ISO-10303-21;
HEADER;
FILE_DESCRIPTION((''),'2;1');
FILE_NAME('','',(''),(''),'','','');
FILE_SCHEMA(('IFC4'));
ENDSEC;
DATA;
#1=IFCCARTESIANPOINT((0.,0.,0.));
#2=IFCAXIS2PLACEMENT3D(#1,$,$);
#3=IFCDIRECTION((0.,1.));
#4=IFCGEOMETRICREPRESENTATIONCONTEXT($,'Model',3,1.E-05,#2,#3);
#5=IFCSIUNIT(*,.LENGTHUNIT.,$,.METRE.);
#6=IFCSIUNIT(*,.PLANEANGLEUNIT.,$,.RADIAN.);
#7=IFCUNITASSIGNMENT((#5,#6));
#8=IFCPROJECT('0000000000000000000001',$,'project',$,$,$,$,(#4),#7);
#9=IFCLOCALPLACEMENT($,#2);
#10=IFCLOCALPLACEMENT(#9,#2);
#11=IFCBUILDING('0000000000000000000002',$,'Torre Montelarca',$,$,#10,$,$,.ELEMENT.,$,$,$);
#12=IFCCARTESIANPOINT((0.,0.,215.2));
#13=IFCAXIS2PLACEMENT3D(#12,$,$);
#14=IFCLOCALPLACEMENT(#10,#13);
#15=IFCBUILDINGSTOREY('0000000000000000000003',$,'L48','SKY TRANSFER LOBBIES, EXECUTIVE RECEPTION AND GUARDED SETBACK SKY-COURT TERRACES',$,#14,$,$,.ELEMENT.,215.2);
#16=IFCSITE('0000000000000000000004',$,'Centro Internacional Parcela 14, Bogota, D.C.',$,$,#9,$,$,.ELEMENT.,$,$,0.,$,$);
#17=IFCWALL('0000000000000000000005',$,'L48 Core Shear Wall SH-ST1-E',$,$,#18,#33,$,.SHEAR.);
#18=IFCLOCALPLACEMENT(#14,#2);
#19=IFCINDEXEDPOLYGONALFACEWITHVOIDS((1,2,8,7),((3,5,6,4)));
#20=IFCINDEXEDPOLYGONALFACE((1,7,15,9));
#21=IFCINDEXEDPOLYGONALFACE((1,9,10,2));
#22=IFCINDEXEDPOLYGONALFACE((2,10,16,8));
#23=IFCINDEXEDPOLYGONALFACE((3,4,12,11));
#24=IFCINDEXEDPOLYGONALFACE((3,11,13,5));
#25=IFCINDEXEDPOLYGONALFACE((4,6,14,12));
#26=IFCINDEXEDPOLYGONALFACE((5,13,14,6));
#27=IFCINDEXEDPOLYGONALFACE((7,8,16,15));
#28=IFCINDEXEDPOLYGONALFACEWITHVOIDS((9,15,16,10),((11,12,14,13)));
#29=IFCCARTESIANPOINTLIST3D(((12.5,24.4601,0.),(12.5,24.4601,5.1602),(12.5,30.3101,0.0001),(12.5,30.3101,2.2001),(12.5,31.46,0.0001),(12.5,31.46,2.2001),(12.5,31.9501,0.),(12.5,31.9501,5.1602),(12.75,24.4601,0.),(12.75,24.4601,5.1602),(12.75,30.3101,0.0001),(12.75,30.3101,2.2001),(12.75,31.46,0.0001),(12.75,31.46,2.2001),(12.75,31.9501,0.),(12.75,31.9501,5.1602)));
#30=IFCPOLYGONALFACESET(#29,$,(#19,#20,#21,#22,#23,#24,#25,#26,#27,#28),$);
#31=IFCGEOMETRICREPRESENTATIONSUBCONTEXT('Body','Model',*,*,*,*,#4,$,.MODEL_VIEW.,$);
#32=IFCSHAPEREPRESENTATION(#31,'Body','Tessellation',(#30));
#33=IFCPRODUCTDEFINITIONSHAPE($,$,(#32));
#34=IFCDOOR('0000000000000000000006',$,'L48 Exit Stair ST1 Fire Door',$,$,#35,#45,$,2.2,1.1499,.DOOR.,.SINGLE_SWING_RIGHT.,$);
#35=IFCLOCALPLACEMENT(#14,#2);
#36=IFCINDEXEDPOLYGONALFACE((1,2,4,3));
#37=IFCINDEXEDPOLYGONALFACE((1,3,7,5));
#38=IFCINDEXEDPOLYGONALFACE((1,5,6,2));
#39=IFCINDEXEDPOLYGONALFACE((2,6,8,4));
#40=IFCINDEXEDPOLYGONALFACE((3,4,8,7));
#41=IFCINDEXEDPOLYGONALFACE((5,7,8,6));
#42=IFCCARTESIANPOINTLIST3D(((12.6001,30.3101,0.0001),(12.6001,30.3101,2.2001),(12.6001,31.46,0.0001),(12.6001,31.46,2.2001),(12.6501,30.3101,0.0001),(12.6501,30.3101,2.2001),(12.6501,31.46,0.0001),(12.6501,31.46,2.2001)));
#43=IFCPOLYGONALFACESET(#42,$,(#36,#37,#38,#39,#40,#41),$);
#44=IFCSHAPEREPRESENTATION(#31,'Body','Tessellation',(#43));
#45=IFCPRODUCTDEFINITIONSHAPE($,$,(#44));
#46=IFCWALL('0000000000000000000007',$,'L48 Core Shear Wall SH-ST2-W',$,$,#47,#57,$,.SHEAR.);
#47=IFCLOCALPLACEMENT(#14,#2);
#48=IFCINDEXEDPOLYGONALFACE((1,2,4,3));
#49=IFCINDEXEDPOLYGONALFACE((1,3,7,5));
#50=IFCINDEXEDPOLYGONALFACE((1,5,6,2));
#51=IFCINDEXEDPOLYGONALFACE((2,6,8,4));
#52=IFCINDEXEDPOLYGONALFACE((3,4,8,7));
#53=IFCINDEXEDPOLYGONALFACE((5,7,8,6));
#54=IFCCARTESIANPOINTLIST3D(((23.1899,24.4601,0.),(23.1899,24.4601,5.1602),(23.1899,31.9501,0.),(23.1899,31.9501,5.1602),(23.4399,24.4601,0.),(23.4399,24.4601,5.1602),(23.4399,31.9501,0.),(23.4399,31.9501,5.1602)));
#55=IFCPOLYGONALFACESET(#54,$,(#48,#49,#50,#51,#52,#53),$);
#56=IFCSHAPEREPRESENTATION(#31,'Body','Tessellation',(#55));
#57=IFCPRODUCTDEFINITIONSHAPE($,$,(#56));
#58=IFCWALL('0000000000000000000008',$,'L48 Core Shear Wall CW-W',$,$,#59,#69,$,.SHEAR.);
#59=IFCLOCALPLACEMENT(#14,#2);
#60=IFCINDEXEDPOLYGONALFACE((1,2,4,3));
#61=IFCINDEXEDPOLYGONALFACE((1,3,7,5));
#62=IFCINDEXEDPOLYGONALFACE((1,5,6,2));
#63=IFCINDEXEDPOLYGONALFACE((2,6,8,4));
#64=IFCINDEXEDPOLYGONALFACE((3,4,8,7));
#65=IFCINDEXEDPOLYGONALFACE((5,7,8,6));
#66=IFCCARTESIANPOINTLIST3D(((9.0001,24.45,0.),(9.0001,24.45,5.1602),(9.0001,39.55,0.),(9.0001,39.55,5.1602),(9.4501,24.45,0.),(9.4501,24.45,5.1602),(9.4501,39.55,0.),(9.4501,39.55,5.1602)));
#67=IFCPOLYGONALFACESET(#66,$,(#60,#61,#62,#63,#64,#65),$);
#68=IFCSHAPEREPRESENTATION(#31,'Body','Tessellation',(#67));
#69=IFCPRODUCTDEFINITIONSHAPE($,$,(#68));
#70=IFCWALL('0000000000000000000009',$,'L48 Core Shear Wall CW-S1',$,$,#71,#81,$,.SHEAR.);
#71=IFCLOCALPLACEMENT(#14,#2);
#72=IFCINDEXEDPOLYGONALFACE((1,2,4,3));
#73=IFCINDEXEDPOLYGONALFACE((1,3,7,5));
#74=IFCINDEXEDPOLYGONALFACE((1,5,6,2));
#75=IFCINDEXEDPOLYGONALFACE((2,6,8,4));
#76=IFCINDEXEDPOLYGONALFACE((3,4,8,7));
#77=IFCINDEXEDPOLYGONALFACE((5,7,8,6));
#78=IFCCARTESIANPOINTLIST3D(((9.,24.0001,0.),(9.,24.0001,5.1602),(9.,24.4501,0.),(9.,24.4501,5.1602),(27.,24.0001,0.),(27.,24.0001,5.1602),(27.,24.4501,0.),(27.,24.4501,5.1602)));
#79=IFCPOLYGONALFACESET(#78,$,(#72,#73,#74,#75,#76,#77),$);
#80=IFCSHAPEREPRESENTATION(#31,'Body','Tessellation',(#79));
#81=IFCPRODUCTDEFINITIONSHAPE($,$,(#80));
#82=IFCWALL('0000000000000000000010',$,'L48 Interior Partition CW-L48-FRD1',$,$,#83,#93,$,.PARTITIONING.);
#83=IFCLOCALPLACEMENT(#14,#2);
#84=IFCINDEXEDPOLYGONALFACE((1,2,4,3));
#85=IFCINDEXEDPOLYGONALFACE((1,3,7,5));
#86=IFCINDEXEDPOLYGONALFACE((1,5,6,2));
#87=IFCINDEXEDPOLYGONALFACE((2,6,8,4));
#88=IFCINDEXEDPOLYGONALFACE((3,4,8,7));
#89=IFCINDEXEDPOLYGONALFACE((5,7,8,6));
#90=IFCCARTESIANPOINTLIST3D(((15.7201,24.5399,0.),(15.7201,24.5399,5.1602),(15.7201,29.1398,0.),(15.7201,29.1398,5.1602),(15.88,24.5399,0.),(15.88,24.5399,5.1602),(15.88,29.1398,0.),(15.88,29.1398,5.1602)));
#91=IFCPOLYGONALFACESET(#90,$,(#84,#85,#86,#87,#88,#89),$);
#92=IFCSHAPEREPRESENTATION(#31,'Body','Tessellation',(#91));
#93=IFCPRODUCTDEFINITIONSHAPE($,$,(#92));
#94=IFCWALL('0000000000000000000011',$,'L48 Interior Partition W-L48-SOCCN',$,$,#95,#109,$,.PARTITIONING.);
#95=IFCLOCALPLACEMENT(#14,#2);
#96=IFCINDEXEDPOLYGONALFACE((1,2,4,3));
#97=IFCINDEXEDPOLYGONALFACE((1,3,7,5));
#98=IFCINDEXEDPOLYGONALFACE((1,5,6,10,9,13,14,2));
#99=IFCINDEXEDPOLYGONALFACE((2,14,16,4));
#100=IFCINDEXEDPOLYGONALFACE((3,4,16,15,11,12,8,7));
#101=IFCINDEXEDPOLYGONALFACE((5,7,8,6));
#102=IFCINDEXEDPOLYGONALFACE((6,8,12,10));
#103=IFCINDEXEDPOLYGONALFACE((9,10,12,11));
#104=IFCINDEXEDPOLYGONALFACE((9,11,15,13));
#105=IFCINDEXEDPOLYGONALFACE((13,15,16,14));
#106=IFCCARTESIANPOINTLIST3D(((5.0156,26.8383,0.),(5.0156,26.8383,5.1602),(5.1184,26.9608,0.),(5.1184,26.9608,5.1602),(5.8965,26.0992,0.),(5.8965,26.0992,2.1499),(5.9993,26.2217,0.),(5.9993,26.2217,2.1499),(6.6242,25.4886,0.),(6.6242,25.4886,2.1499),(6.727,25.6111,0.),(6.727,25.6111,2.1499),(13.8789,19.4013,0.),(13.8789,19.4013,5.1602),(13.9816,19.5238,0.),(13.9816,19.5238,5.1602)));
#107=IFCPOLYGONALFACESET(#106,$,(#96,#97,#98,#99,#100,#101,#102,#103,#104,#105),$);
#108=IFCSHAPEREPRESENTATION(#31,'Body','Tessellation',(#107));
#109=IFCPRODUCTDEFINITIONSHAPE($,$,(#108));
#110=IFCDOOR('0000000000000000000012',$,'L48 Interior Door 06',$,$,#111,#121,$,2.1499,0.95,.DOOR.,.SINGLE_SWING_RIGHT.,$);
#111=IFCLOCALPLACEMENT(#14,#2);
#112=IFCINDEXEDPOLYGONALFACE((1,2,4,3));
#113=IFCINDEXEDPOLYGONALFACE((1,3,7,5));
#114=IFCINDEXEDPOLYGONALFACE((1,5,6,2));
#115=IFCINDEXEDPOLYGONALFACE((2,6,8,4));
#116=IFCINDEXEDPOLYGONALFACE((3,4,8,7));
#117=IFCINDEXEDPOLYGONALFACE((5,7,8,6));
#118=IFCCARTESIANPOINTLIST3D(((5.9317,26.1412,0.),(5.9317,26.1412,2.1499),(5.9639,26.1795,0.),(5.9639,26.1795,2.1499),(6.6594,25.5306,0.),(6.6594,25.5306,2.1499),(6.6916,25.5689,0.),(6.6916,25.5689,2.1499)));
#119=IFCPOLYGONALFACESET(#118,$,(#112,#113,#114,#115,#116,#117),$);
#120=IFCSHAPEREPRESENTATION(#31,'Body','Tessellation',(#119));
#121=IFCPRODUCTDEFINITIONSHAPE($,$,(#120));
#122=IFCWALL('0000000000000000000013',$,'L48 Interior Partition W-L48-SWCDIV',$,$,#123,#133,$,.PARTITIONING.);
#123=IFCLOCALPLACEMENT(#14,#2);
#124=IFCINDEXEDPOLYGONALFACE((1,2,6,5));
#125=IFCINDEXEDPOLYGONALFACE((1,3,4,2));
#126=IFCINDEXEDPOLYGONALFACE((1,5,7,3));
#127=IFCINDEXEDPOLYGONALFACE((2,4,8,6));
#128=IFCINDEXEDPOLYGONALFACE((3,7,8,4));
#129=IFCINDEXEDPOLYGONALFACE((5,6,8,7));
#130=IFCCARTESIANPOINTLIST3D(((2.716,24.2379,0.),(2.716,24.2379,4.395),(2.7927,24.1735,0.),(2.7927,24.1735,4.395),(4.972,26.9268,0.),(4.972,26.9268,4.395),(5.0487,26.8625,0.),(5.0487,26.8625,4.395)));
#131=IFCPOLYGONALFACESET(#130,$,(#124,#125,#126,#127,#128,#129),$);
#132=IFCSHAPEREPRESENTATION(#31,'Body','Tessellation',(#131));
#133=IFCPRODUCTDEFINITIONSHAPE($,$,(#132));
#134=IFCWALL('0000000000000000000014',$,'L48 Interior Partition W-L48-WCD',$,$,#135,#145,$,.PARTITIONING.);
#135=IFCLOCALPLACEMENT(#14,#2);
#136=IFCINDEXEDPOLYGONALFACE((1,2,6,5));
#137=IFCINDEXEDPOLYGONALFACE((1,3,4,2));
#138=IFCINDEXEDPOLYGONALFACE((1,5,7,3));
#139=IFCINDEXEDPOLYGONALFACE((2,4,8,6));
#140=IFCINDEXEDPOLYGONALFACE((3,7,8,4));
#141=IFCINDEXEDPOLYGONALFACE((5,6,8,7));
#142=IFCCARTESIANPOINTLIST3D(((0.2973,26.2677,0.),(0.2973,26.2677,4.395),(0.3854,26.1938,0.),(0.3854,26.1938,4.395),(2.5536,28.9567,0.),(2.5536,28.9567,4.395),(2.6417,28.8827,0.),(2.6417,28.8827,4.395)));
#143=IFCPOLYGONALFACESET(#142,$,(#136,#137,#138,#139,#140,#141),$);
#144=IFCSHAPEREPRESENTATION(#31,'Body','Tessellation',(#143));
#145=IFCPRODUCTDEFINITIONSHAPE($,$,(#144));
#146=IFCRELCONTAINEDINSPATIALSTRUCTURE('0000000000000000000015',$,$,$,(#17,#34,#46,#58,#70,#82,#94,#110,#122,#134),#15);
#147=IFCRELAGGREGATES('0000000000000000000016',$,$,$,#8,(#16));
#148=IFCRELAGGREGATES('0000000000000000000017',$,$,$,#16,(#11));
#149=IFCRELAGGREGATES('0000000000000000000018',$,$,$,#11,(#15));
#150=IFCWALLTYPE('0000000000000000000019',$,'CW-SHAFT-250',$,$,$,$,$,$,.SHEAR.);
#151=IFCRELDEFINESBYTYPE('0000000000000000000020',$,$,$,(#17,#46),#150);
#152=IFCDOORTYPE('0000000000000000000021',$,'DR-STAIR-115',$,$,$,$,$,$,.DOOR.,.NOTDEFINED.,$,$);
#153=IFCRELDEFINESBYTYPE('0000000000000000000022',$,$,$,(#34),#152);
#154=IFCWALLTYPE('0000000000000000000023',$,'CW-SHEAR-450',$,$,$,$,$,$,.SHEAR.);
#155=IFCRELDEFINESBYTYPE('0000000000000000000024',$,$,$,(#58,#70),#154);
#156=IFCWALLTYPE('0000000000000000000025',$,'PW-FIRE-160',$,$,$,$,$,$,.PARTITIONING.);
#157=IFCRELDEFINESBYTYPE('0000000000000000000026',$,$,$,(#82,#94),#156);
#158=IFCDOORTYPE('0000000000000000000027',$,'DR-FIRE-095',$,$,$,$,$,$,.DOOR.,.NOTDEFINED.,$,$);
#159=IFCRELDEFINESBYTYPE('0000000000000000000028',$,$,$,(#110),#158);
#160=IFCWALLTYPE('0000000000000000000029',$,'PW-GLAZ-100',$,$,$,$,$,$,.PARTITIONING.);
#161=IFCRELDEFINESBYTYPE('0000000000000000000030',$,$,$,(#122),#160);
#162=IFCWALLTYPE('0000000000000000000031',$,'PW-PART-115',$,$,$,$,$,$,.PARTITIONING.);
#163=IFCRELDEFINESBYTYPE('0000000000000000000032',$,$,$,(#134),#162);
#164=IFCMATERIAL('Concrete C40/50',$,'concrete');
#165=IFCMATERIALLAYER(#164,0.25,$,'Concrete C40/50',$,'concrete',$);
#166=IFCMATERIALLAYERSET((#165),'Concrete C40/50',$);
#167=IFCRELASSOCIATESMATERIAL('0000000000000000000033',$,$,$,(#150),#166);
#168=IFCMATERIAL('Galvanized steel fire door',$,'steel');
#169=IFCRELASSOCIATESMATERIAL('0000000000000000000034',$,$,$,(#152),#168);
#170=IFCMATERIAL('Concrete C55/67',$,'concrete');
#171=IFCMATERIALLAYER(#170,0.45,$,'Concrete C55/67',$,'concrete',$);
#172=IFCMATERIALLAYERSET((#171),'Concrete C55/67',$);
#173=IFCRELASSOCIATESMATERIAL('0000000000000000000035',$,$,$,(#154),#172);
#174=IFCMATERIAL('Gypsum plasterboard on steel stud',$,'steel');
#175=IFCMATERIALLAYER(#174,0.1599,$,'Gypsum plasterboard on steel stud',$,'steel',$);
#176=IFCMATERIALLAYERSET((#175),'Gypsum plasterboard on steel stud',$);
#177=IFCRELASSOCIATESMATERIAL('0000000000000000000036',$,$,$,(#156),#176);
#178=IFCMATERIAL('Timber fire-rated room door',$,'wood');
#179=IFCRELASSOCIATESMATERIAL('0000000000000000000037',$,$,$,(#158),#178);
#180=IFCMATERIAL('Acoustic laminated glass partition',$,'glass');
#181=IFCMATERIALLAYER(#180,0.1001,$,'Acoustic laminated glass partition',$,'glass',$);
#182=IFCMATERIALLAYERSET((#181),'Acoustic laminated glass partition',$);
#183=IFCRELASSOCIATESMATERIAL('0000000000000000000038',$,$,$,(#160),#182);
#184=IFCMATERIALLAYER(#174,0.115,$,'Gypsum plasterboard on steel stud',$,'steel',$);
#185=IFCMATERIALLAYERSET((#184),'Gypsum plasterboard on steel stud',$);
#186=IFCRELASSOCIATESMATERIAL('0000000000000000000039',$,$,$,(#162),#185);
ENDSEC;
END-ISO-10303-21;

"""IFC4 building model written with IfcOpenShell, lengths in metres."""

from ifc_helpers import new_model, si_unit, direction, frame, frame_2d, origin, place, context, subcontext, project, spatial, rectangle, extrude, source, transform, mapped, material, layer, layer_set, type_object, element, fill, save


model = new_model("IFC4")

# Units and contexts
model_context = context("Model", 3, precision=1e-05, world=origin(), true_north=direction((0.0, 1.0)))
body_context = subcontext(model_context, "Body", "Model", "MODEL_VIEW")
ifc_project = project(units=[si_unit("LENGTHUNIT", "METRE"), si_unit("PLANEANGLEUNIT", "RADIAN")], contexts=[model_context])

# Site, building, storey
site_placement = place(None, origin())
site = spatial("IfcSite", under=ifc_project, at=site_placement, Name="Centro Internacional Parcela 14, Bogota, D.C.", CompositionType="ELEMENT", RefElevation=0.0)
building_placement = place(site_placement, origin())
building = spatial("IfcBuilding", under=site, at=building_placement, Name="Torre Montelarca", CompositionType="ELEMENT")
storey_placement = place(building_placement, frame((0.0, 0.0, 215.2)))
storey = spatial("IfcBuildingStorey", under=building, at=storey_placement, Name="L48", Description="SKY TRANSFER LOBBIES, EXECUTIVE RECEPTION AND GUARDED SETBACK SKY-COURT TERRACES", CompositionType="ELEMENT", Elevation=215.2)

# Shared definitions
ifc_material_1 = material(Name="Concrete C55/67", Category="concrete")

# Wall, opening, door
ifc_material_2 = material(Name="Concrete C40/50", Category="concrete")
ifc_layer_1 = layer(ifc_material_2, 0.25, Name="Concrete C40/50", Category="concrete")
ifc_layer_set_1 = layer_set([ifc_layer_1], Name="Concrete C40/50")
wall_type_1 = type_object("IfcWallType", Name="CW-SHAFT-250", PredefinedType="SHEAR", material=ifc_layer_set_1)
wall_1_placement = place(storey_placement, frame((12.625, 24.46, 0.0), z_axis=(0.0, 0.0, 1.0), x_axis=(0.0, 1.0, 0.0)))
wall_1 = element("IfcWall", 1, at=wall_1_placement, inside=storey, type_object=wall_type_1, Name="L48 Core Shear Wall SH-ST1-E", PredefinedType="SHEAR", context=body_context, shape_type="SweptSolid", body=[
    extrude(rectangle(XDim=7.49, YDim=0.25, at=frame_2d((3.7451, 0.0))), origin(), (0.0, 0.0, 1.0), 5.1602),
])
opening_1_placement = place(wall_1_placement, frame((5.8501, 0.0, 0.0)))
opening_1 = element("IfcOpeningElement", 2, at=opening_1_placement, cuts=wall_1, PredefinedType="OPENING", context=body_context, shape_type="SweptSolid", body=[
    extrude(rectangle(XDim=1.1499, YDim=2.2, at=frame_2d((0.575, 1.1001))), frame((0.0, 0.135, 0.0), z_axis=(0.0, -1.0, 0.0), x_axis=(1.0, 0.0, 0.0)), (0.0, 0.0, 1.0), 0.27),
])
ifc_material_3 = material(Name="Galvanized steel fire door", Category="steel")
door_type_1 = type_object("IfcDoorType", Name="DR-STAIR-115", OperationType="NOTDEFINED", PredefinedType="DOOR", material=ifc_material_3)
shared_shape_1 = source(origin(), body_context, "Body", "SweptSolid", [
    extrude(rectangle(XDim=1.1499, YDim=2.2, at=frame_2d((0.575, 1.1001))), frame((0.0, 0.0249, 0.0), z_axis=(0.0, -1.0, 0.0), x_axis=(1.0, 0.0, 0.0)), (0.0, 0.0, 1.0), 0.05),
])
door_1_placement = place(opening_1_placement, origin())
door_1 = element("IfcDoor", 3, at=door_1_placement, inside=storey, type_object=door_type_1, Name="L48 Exit Stair ST1 Fire Door", OperationType="SINGLE_SWING_RIGHT", OverallHeight=2.2, OverallWidth=1.1499, PredefinedType="DOOR", context=body_context, shape_type="MappedRepresentation", body=[
    mapped(shared_shape_1, transform((0.0, 0.0, 0.0), scale=1.0)),
])
fill(opening_1, door_1)

# Walls
wall_2_placement = place(storey_placement, frame((23.3149, 24.46, 0.0), z_axis=(0.0, 0.0, 1.0), x_axis=(0.0, 1.0, 0.0)))
element("IfcWall", 4, at=wall_2_placement, inside=storey, type_object=wall_type_1, Name="L48 Core Shear Wall SH-ST2-W", PredefinedType="SHEAR", context=body_context, shape_type="SweptSolid", body=[
    extrude(rectangle(XDim=7.49, YDim=0.25, at=frame_2d((3.7451, 0.0))), origin(), (0.0, 0.0, 1.0), 5.1602),
])
ifc_layer_2 = layer(ifc_material_1, 0.45, Name="Concrete C55/67", Category="concrete")
ifc_layer_set_2 = layer_set([ifc_layer_2], Name="Concrete C55/67")
wall_type_2 = type_object("IfcWallType", Name="CW-SHEAR-450", PredefinedType="SHEAR", material=ifc_layer_set_2)
wall_3_placement = place(storey_placement, frame((9.2251, 24.45, 0.0), z_axis=(0.0, 0.0, 1.0), x_axis=(0.0, 1.0, 0.0)))
element("IfcWall", 5, at=wall_3_placement, inside=storey, type_object=wall_type_2, Name="L48 Core Shear Wall CW-W", PredefinedType="SHEAR", context=body_context, shape_type="SweptSolid", body=[
    extrude(rectangle(XDim=15.1001, YDim=0.45, at=frame_2d((7.55, 0.0))), origin(), (0.0, 0.0, 1.0), 5.1602),
])
wall_4_placement = place(storey_placement, frame((9.0, 24.2251, 0.0), z_axis=(0.0, 0.0, 1.0), x_axis=(1.0, 0.0, 0.0)))
element("IfcWall", 6, at=wall_4_placement, inside=storey, type_object=wall_type_2, Name="L48 Core Shear Wall CW-S1", PredefinedType="SHEAR", context=body_context, shape_type="SweptSolid", body=[
    extrude(rectangle(XDim=18.0, YDim=0.45, at=frame_2d((9.0, 0.0))), origin(), (0.0, 0.0, 1.0), 5.1602),
])
ifc_material_4 = material(Name="Gypsum plasterboard on steel stud", Category="steel")
ifc_layer_3 = layer(ifc_material_4, 0.1599, Name="Gypsum plasterboard on steel stud", Category="steel")
ifc_layer_set_3 = layer_set([ifc_layer_3], Name="Gypsum plasterboard on steel stud")
wall_type_3 = type_object("IfcWallType", Name="PW-FIRE-160", PredefinedType="PARTITIONING", material=ifc_layer_set_3)
wall_5_placement = place(storey_placement, frame((15.8, 24.54, 0.0), z_axis=(0.0, 0.0, 1.0), x_axis=(0.0, 1.0, 0.0)))
element("IfcWall", 7, at=wall_5_placement, inside=storey, type_object=wall_type_3, Name="L48 Interior Partition CW-L48-FRD1", PredefinedType="PARTITIONING", context=body_context, shape_type="SweptSolid", body=[
    extrude(rectangle(XDim=4.5999, YDim=0.1599, at=frame_2d((2.2998, 0.0))), origin(), (0.0, 0.0, 1.0), 5.1602),
])

# Wall, opening, door
wall_6_placement = place(storey_placement, frame((5.0669, 26.8997, 0.0), z_axis=(0.0, 0.0, 1.0), x_axis=(0.766051, -0.642779, 0.0)))
wall_6 = element("IfcWall", 8, at=wall_6_placement, inside=storey, type_object=wall_type_3, Name="L48 Interior Partition W-L48-SOCCN", PredefinedType="PARTITIONING", context=body_context, shape_type="SweptSolid", body=[
    extrude(rectangle(XDim=11.5701, YDim=0.1599, at=frame_2d((5.7852, 0.0))), origin(), (0.0, 0.0, 1.0), 5.1602),
])
opening_2_placement = place(wall_6_placement, frame((1.1499, 0.0, 0.0)))
opening_2 = element("IfcOpeningElement", 9, at=opening_2_placement, cuts=wall_6, PredefinedType="OPENING", context=body_context, shape_type="SweptSolid", body=[
    extrude(rectangle(XDim=0.95, YDim=2.1499, at=frame_2d((0.4751, 1.075))), frame((0.0, 0.0898, 0.0), z_axis=(0.0, -1.0, 0.0), x_axis=(1.0, 0.0, 0.0)), (0.0, 0.0, 1.0), 0.1799),
])
ifc_material_5 = material(Name="Timber fire-rated room door", Category="wood")
door_type_2 = type_object("IfcDoorType", Name="DR-FIRE-095", OperationType="NOTDEFINED", PredefinedType="DOOR", material=ifc_material_5)
shared_shape_2 = source(origin(), body_context, "Body", "SweptSolid", [
    extrude(rectangle(XDim=0.95, YDim=2.1499, at=frame_2d((0.4751, 1.075))), frame((0.0, 0.0249, 0.0), z_axis=(0.0, -1.0, 0.0), x_axis=(1.0, 0.0, 0.0)), (0.0, 0.0, 1.0), 0.05),
])
door_2_placement = place(opening_2_placement, origin())
door_2 = element("IfcDoor", 10, at=door_2_placement, inside=storey, type_object=door_type_2, Name="L48 Interior Door 06", OperationType="SINGLE_SWING_RIGHT", OverallHeight=2.1499, OverallWidth=0.95, PredefinedType="DOOR", context=body_context, shape_type="MappedRepresentation", body=[
    mapped(shared_shape_2, transform((0.0, 0.0, 0.0), scale=1.0)),
])
fill(opening_2, door_2)

# Walls
ifc_material_6 = material(Name="Acoustic laminated glass partition", Category="glass")
ifc_layer_4 = layer(ifc_material_6, 0.1001, Name="Acoustic laminated glass partition", Category="glass")
ifc_layer_set_4 = layer_set([ifc_layer_4], Name="Acoustic laminated glass partition")
wall_type_4 = type_object("IfcWallType", Name="PW-GLAZ-100", PredefinedType="PARTITIONING", material=ifc_layer_set_4)
wall_7_placement = place(storey_placement, frame((2.7544, 24.2058, 0.0), z_axis=(0.0, 0.0, 1.0), x_axis=(0.642753, 0.766073, 0.0)))
element("IfcWall", 11, at=wall_7_placement, inside=storey, type_object=wall_type_4, Name="L48 Interior Partition W-L48-SWCDIV", PredefinedType="PARTITIONING", context=body_context, shape_type="SweptSolid", body=[
    extrude(rectangle(XDim=3.51, YDim=0.1001, at=frame_2d((1.7549, 0.0))), origin(), (0.0, 0.0, 1.0), 4.395),
])
ifc_layer_5 = layer(ifc_material_4, 0.115, Name="Gypsum plasterboard on steel stud", Category="steel")
ifc_layer_set_5 = layer_set([ifc_layer_5], Name="Gypsum plasterboard on steel stud")
wall_type_5 = type_object("IfcWallType", Name="PW-PART-115", PredefinedType="PARTITIONING", material=ifc_layer_set_5)
wall_8_placement = place(storey_placement, frame((0.3413, 26.2307, 0.0), z_axis=(0.0, 0.0, 1.0), x_axis=(0.642794, 0.766039, 0.0)))
element("IfcWall", 12, at=wall_8_placement, inside=storey, type_object=wall_type_5, Name="L48 Interior Partition W-L48-WCD", PredefinedType="PARTITIONING", context=body_context, shape_type="SweptSolid", body=[
    extrude(rectangle(XDim=3.5103, YDim=0.115, at=frame_2d((1.7551, 0.0))), origin(), (0.0, 0.0, 1.0), 4.395),
])

save(model, "model.ifc")
